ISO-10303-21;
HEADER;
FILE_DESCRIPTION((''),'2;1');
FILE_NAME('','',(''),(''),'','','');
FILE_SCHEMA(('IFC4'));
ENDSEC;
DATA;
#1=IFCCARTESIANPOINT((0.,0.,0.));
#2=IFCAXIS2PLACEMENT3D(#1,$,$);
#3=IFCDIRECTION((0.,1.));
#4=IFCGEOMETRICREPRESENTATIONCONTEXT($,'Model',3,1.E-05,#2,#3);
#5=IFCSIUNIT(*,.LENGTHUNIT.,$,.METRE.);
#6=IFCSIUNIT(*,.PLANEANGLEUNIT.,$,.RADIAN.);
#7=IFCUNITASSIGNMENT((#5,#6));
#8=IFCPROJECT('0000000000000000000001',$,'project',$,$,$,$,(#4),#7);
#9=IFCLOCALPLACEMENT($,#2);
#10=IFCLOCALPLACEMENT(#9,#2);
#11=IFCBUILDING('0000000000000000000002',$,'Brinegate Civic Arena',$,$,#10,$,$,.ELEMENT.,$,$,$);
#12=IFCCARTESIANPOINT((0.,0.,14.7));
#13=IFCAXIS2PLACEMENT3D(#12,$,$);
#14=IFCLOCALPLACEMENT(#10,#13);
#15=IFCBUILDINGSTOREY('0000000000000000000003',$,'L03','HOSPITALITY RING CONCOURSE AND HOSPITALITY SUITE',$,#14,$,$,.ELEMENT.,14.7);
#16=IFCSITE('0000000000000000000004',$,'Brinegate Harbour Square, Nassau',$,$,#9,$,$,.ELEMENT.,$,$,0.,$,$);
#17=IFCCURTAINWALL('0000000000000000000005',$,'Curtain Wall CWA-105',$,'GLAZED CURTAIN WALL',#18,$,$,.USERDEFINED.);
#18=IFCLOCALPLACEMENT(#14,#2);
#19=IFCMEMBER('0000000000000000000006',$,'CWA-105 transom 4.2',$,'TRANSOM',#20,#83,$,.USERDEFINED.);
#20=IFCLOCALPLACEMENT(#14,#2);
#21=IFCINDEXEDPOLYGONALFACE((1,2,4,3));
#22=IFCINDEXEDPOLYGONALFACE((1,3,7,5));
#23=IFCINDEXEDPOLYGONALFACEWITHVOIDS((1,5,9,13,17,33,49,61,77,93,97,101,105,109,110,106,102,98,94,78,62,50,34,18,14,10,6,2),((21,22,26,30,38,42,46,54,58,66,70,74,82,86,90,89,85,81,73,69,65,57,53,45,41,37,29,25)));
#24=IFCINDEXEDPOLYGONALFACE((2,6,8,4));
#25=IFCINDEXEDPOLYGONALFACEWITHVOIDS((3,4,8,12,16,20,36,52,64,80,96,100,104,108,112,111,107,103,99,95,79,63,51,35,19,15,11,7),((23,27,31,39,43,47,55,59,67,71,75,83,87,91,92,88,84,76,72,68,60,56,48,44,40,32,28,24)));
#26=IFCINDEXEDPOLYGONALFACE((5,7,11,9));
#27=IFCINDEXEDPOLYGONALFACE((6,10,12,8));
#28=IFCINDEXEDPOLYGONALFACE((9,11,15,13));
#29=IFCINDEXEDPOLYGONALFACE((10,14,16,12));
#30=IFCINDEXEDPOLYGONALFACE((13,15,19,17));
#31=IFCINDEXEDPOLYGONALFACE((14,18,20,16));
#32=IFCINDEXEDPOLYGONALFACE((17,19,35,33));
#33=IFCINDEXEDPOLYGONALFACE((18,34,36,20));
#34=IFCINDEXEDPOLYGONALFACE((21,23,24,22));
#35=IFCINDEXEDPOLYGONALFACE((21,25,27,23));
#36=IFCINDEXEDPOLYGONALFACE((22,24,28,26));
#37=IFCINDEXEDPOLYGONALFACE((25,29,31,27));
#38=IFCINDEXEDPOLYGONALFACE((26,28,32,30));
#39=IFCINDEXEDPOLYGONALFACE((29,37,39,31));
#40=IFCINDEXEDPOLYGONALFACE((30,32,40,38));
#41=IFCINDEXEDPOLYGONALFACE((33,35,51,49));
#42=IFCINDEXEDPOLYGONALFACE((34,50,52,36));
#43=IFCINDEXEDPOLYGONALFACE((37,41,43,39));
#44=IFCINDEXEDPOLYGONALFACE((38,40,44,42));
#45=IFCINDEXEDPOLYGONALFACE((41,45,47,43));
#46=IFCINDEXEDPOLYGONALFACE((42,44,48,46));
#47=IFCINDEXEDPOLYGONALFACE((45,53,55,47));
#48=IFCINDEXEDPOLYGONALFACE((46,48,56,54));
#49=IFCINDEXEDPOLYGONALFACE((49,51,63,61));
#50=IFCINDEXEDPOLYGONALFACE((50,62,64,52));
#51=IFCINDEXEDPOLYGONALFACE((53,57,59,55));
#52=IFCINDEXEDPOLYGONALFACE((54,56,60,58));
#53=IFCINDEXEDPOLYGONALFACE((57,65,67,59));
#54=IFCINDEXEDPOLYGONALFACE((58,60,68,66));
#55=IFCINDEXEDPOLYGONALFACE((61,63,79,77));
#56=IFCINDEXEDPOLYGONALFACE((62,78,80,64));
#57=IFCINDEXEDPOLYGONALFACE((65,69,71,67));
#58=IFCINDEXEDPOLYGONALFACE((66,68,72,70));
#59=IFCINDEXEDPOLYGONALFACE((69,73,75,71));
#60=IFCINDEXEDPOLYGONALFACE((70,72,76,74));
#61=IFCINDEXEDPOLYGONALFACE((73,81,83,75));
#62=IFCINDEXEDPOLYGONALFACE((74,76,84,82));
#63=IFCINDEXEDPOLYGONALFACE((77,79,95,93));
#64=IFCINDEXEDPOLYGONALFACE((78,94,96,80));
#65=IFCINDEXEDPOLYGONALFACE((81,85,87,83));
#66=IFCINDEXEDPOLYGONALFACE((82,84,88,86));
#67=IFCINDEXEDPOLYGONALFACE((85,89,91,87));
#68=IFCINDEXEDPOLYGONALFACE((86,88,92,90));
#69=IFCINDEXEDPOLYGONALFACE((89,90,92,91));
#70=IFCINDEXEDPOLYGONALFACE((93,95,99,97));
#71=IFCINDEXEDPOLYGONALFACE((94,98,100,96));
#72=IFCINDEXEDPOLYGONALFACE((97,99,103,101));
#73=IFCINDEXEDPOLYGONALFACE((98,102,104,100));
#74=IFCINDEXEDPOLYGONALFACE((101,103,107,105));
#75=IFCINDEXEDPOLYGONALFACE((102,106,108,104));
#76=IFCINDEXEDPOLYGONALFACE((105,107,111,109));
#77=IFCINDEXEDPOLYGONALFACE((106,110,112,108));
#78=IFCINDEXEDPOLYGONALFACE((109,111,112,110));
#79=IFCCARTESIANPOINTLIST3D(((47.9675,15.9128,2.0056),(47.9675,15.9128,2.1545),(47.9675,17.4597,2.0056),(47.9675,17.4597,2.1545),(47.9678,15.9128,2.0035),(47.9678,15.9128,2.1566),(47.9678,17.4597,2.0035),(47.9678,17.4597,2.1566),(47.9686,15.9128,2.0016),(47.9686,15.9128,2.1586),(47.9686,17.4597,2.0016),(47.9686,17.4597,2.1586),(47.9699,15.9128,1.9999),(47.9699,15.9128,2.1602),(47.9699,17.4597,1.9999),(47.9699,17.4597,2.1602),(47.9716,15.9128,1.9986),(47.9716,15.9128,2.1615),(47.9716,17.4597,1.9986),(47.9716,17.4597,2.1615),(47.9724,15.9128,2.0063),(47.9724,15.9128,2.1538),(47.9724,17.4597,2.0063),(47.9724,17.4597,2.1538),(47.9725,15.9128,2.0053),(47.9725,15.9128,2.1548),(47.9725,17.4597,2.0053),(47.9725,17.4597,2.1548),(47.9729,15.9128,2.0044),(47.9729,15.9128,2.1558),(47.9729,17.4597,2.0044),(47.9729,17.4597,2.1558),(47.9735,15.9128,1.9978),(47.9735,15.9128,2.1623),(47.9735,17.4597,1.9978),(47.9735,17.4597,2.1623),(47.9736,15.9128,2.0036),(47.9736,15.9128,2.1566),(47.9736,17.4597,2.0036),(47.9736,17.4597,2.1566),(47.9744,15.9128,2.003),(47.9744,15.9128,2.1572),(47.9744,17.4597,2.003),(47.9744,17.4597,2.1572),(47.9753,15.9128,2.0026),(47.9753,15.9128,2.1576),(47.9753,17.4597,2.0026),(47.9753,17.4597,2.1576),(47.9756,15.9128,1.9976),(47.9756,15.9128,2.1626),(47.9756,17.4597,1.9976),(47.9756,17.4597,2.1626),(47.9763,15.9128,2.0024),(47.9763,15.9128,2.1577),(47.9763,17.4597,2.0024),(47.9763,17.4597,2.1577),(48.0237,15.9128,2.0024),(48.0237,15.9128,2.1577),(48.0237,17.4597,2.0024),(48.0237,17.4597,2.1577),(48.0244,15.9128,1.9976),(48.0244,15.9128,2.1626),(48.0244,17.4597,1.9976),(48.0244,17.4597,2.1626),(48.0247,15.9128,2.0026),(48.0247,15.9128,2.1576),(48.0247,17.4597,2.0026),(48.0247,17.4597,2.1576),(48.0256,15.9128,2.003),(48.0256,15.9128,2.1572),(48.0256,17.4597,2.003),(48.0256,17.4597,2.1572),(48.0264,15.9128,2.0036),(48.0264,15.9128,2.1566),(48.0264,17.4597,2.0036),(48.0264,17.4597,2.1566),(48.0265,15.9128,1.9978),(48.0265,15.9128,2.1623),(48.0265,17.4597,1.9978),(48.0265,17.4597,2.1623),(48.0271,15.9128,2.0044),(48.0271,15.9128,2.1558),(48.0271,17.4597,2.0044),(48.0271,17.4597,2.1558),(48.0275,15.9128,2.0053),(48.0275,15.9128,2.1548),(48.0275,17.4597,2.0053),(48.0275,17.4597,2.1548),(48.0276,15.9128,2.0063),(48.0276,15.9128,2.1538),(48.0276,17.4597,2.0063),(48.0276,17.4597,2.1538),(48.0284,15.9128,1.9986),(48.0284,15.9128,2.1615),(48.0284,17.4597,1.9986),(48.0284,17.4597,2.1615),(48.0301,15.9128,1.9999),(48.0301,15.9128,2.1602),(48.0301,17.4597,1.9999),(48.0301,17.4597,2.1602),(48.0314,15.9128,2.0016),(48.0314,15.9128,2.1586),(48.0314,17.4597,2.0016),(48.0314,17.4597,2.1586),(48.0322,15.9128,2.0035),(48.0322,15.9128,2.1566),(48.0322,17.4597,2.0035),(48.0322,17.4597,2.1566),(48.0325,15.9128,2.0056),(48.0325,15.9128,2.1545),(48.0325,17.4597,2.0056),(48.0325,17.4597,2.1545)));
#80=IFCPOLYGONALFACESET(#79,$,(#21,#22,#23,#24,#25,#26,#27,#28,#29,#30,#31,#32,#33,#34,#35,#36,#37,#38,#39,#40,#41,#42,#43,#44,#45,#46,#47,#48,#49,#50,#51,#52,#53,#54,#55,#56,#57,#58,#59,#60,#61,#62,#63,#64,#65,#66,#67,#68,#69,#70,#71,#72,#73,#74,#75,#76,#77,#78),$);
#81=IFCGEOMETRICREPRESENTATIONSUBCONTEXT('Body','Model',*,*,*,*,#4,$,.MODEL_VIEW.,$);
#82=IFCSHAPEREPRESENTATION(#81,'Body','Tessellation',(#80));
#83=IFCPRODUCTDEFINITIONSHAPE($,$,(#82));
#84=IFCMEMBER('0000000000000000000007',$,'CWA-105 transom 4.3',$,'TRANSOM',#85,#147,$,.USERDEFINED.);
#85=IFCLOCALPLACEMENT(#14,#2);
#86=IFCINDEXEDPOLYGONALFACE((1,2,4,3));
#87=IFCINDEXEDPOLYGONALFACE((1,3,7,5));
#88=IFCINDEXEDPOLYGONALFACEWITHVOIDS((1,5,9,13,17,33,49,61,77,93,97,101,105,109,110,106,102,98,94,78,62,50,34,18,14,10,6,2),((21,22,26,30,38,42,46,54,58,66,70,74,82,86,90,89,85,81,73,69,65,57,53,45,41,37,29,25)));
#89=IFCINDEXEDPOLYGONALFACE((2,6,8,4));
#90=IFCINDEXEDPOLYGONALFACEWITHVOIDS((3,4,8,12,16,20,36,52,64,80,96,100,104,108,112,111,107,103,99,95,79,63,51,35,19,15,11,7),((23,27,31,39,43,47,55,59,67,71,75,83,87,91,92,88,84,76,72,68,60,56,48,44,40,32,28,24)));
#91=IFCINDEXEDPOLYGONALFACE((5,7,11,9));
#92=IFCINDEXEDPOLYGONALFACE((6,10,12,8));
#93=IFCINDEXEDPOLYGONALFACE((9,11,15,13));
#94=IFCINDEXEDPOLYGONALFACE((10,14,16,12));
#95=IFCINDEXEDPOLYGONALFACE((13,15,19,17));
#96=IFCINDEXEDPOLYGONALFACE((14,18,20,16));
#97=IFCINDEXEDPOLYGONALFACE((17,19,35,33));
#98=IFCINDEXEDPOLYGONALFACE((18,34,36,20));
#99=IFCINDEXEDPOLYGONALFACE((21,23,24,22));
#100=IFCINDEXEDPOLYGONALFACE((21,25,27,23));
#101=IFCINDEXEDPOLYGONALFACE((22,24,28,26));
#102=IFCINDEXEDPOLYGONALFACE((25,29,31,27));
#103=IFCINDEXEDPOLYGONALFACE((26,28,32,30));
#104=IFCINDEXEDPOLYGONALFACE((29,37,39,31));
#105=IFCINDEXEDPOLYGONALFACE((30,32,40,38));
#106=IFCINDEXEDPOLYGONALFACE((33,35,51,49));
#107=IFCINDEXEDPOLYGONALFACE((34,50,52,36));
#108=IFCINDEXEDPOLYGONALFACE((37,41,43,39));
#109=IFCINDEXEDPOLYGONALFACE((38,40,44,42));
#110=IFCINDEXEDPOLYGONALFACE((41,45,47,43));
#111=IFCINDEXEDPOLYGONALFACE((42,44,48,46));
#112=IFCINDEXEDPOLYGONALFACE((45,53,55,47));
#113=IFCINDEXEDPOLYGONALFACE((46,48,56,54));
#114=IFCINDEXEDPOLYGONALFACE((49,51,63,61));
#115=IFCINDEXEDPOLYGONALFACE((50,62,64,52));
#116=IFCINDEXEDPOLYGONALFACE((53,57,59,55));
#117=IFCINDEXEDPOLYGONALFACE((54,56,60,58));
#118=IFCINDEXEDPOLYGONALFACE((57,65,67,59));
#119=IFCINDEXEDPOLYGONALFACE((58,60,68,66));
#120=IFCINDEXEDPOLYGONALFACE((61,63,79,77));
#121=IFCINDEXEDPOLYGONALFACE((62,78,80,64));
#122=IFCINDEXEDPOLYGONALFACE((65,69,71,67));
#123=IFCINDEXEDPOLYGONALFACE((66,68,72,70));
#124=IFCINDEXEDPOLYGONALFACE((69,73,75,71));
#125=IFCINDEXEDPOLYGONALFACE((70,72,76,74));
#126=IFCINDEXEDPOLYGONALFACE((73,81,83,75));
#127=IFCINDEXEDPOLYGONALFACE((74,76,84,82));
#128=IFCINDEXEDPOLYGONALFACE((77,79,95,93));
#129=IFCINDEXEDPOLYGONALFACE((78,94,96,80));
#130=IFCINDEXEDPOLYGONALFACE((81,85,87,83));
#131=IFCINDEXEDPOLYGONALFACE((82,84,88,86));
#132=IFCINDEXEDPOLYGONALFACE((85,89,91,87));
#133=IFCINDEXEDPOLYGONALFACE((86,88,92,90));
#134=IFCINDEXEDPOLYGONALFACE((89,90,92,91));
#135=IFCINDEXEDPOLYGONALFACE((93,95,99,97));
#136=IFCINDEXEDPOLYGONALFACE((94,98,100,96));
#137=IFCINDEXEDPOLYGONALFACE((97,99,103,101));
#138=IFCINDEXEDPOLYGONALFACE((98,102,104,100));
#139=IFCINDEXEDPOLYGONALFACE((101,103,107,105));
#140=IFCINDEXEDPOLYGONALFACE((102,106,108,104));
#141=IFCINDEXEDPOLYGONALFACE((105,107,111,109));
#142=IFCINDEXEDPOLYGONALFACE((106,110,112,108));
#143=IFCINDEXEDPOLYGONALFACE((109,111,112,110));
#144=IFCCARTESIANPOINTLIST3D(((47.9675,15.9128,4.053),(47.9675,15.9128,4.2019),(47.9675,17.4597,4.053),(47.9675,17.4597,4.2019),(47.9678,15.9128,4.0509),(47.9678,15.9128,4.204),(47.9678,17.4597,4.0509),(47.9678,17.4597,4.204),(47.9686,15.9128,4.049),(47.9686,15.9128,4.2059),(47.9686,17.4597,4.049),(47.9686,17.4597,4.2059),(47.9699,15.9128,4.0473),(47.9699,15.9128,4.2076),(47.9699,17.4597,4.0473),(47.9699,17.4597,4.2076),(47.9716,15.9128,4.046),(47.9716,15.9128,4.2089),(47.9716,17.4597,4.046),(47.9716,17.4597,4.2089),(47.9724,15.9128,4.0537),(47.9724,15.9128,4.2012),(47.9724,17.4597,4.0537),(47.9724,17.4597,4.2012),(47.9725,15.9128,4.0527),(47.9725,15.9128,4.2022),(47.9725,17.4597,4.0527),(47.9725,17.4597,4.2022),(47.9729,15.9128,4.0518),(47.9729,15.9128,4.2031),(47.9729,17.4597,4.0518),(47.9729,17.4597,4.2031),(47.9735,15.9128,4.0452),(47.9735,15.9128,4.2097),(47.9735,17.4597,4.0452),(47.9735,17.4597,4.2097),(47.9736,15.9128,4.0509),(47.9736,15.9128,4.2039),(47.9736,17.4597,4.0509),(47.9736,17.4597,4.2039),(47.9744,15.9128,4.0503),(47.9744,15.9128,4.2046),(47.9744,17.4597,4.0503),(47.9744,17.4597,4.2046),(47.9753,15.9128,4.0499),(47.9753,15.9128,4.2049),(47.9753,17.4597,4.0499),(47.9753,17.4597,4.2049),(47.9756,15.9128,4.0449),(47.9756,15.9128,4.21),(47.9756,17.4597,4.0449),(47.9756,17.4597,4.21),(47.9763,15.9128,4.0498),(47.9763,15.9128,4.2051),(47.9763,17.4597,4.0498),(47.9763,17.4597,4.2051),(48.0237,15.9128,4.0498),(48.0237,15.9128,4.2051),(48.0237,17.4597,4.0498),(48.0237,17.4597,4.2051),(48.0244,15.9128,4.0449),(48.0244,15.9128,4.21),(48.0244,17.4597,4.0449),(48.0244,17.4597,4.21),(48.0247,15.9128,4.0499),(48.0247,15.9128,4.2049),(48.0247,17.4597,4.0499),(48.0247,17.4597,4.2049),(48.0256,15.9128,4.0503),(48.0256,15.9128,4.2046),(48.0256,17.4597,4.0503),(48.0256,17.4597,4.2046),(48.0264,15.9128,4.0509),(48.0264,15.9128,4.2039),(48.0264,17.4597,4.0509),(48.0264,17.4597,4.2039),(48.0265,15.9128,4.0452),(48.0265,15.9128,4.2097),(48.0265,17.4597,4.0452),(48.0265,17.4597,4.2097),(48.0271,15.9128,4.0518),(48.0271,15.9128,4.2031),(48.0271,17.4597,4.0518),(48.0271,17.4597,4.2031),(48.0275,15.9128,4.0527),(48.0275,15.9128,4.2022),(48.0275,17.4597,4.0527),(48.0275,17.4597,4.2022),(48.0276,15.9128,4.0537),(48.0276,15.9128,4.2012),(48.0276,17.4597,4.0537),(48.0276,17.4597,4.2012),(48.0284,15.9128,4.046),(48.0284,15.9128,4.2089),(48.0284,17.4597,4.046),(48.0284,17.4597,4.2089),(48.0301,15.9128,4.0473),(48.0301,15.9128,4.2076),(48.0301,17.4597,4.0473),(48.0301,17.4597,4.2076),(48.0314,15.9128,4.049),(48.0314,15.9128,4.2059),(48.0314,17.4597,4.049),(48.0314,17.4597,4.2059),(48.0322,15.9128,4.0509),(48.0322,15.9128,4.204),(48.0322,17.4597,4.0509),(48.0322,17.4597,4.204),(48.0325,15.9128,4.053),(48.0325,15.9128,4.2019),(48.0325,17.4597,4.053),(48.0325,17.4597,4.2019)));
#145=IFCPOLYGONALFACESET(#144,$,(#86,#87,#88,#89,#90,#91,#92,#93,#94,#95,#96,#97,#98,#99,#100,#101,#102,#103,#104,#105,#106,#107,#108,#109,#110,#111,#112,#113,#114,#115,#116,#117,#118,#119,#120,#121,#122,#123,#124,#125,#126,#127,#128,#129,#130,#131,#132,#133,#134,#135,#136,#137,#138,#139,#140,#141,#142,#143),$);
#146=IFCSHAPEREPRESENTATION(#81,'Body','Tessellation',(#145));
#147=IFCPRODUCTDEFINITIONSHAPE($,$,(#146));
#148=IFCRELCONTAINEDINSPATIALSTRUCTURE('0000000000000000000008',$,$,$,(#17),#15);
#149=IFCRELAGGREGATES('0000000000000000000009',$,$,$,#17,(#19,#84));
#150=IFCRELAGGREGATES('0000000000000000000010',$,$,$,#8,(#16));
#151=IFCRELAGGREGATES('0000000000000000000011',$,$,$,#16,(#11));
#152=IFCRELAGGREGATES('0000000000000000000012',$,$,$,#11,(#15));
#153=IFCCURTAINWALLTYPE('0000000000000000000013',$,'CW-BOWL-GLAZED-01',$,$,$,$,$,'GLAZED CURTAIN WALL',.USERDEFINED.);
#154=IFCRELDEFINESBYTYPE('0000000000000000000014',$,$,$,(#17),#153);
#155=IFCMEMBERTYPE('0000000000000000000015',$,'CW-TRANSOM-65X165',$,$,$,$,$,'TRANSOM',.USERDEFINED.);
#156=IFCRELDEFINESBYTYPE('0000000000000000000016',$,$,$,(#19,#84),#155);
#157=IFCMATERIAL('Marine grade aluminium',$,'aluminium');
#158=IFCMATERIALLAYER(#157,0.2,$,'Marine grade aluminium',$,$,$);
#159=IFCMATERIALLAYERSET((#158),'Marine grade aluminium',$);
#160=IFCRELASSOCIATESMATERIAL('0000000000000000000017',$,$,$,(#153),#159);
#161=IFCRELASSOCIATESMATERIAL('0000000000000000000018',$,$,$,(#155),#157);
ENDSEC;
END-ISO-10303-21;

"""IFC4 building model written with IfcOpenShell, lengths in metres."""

from ifc_helpers import new_model, si_unit, direction, frame, origin, origin_2d, place, context, subcontext, project, spatial, hollow_rectangle, extrude, material, layer, layer_set, material_profile, profile_set, type_object, element, aggregate, save


model = new_model("IFC4")

# Units and contexts
model_context = context("Model", 3, precision=1e-05, world=origin(), true_north=direction((0.0, 1.0)))
body_context = subcontext(model_context, "Body", "Model", "MODEL_VIEW")
ifc_project = project(units=[si_unit("LENGTHUNIT", "METRE"), si_unit("PLANEANGLEUNIT", "RADIAN")], contexts=[model_context])

# Site, building, storey
site_placement = place(None, origin())
site = spatial("IfcSite", under=ifc_project, at=site_placement, Name="Brinegate Harbour Square, Nassau", CompositionType="ELEMENT", RefElevation=0.0)
building_placement = place(site_placement, origin())
building = spatial("IfcBuilding", under=site, at=building_placement, Name="Brinegate Civic Arena", CompositionType="ELEMENT")
storey_placement = place(building_placement, frame((0.0, 0.0, 14.7)))
storey = spatial("IfcBuildingStorey", under=building, at=storey_placement, Name="L03", Description="HOSPITALITY RING CONCOURSE AND HOSPITALITY SUITE", CompositionType="ELEMENT", Elevation=14.7)

# Curtain wall
ifc_material_1 = material(Name="Marine grade aluminium", Category="aluminium")
ifc_layer_1 = layer(ifc_material_1, 0.2, Name="Marine grade aluminium")
ifc_layer_set_1 = layer_set([ifc_layer_1], Name="Marine grade aluminium")
curtain_wall_type = type_object("IfcCurtainWallType", Name="CW-BOWL-GLAZED-01", ElementType="GLAZED CURTAIN WALL", PredefinedType="USERDEFINED", material=ifc_layer_set_1)
curtain_wall_1_placement = place(storey_placement, origin())
curtain_wall_1 = element("IfcCurtainWall", 1, at=curtain_wall_1_placement, inside=storey, type_object=curtain_wall_type, Name="Curtain Wall CWA-105", ObjectType="GLAZED CURTAIN WALL", PredefinedType="USERDEFINED")

# Members
ifc_material_profile_1 = material_profile(ifc_material_1, hollow_rectangle(XDim=0.0649, YDim=0.165, WallThickness=0.0049, InnerFilletRadius=0.0039, OuterFilletRadius=0.0081, at=origin_2d()), Name="TRN65X165")
ifc_profile_set_1 = profile_set([ifc_material_profile_1], Name="Marine grade aluminium")
member_type_1 = type_object("IfcMemberType", Name="CW-TRANSOM-65X165", ElementType="TRANSOM", PredefinedType="USERDEFINED", material=ifc_profile_set_1)
member_1_placement = place(storey_placement, frame((48.0, 15.9128, 2.0801), z_axis=(0.0, 1.0, 0.0), x_axis=(-1.0, 0.0, 0.0)))
member_1 = element("IfcMember", 2, at=member_1_placement, type_object=member_type_1, Name="CWA-105 transom 4.2", ObjectType="TRANSOM", PredefinedType="USERDEFINED", context=body_context, shape_type="SweptSolid", body=[
    extrude(hollow_rectangle(XDim=0.0649, YDim=0.165, WallThickness=0.0049, InnerFilletRadius=0.0039, OuterFilletRadius=0.0081, at=origin_2d()), origin(), (0.0, 0.0, 1.0), 1.5469),
])
member_2_placement = place(storey_placement, frame((48.0, 15.9128, 4.1274), z_axis=(0.0, 1.0, 0.0), x_axis=(-1.0, 0.0, 0.0)))
member_2 = element("IfcMember", 3, at=member_2_placement, type_object=member_type_1, Name="CWA-105 transom 4.3", ObjectType="TRANSOM", PredefinedType="USERDEFINED", context=body_context, shape_type="SweptSolid", body=[
    extrude(hollow_rectangle(XDim=0.0649, YDim=0.165, WallThickness=0.0049, InnerFilletRadius=0.0039, OuterFilletRadius=0.0081, at=origin_2d()), origin(), (0.0, 0.0, 1.0), 1.5469),
])

aggregate(curtain_wall_1, [member_1, member_2])

save(model, "model.ifc")
